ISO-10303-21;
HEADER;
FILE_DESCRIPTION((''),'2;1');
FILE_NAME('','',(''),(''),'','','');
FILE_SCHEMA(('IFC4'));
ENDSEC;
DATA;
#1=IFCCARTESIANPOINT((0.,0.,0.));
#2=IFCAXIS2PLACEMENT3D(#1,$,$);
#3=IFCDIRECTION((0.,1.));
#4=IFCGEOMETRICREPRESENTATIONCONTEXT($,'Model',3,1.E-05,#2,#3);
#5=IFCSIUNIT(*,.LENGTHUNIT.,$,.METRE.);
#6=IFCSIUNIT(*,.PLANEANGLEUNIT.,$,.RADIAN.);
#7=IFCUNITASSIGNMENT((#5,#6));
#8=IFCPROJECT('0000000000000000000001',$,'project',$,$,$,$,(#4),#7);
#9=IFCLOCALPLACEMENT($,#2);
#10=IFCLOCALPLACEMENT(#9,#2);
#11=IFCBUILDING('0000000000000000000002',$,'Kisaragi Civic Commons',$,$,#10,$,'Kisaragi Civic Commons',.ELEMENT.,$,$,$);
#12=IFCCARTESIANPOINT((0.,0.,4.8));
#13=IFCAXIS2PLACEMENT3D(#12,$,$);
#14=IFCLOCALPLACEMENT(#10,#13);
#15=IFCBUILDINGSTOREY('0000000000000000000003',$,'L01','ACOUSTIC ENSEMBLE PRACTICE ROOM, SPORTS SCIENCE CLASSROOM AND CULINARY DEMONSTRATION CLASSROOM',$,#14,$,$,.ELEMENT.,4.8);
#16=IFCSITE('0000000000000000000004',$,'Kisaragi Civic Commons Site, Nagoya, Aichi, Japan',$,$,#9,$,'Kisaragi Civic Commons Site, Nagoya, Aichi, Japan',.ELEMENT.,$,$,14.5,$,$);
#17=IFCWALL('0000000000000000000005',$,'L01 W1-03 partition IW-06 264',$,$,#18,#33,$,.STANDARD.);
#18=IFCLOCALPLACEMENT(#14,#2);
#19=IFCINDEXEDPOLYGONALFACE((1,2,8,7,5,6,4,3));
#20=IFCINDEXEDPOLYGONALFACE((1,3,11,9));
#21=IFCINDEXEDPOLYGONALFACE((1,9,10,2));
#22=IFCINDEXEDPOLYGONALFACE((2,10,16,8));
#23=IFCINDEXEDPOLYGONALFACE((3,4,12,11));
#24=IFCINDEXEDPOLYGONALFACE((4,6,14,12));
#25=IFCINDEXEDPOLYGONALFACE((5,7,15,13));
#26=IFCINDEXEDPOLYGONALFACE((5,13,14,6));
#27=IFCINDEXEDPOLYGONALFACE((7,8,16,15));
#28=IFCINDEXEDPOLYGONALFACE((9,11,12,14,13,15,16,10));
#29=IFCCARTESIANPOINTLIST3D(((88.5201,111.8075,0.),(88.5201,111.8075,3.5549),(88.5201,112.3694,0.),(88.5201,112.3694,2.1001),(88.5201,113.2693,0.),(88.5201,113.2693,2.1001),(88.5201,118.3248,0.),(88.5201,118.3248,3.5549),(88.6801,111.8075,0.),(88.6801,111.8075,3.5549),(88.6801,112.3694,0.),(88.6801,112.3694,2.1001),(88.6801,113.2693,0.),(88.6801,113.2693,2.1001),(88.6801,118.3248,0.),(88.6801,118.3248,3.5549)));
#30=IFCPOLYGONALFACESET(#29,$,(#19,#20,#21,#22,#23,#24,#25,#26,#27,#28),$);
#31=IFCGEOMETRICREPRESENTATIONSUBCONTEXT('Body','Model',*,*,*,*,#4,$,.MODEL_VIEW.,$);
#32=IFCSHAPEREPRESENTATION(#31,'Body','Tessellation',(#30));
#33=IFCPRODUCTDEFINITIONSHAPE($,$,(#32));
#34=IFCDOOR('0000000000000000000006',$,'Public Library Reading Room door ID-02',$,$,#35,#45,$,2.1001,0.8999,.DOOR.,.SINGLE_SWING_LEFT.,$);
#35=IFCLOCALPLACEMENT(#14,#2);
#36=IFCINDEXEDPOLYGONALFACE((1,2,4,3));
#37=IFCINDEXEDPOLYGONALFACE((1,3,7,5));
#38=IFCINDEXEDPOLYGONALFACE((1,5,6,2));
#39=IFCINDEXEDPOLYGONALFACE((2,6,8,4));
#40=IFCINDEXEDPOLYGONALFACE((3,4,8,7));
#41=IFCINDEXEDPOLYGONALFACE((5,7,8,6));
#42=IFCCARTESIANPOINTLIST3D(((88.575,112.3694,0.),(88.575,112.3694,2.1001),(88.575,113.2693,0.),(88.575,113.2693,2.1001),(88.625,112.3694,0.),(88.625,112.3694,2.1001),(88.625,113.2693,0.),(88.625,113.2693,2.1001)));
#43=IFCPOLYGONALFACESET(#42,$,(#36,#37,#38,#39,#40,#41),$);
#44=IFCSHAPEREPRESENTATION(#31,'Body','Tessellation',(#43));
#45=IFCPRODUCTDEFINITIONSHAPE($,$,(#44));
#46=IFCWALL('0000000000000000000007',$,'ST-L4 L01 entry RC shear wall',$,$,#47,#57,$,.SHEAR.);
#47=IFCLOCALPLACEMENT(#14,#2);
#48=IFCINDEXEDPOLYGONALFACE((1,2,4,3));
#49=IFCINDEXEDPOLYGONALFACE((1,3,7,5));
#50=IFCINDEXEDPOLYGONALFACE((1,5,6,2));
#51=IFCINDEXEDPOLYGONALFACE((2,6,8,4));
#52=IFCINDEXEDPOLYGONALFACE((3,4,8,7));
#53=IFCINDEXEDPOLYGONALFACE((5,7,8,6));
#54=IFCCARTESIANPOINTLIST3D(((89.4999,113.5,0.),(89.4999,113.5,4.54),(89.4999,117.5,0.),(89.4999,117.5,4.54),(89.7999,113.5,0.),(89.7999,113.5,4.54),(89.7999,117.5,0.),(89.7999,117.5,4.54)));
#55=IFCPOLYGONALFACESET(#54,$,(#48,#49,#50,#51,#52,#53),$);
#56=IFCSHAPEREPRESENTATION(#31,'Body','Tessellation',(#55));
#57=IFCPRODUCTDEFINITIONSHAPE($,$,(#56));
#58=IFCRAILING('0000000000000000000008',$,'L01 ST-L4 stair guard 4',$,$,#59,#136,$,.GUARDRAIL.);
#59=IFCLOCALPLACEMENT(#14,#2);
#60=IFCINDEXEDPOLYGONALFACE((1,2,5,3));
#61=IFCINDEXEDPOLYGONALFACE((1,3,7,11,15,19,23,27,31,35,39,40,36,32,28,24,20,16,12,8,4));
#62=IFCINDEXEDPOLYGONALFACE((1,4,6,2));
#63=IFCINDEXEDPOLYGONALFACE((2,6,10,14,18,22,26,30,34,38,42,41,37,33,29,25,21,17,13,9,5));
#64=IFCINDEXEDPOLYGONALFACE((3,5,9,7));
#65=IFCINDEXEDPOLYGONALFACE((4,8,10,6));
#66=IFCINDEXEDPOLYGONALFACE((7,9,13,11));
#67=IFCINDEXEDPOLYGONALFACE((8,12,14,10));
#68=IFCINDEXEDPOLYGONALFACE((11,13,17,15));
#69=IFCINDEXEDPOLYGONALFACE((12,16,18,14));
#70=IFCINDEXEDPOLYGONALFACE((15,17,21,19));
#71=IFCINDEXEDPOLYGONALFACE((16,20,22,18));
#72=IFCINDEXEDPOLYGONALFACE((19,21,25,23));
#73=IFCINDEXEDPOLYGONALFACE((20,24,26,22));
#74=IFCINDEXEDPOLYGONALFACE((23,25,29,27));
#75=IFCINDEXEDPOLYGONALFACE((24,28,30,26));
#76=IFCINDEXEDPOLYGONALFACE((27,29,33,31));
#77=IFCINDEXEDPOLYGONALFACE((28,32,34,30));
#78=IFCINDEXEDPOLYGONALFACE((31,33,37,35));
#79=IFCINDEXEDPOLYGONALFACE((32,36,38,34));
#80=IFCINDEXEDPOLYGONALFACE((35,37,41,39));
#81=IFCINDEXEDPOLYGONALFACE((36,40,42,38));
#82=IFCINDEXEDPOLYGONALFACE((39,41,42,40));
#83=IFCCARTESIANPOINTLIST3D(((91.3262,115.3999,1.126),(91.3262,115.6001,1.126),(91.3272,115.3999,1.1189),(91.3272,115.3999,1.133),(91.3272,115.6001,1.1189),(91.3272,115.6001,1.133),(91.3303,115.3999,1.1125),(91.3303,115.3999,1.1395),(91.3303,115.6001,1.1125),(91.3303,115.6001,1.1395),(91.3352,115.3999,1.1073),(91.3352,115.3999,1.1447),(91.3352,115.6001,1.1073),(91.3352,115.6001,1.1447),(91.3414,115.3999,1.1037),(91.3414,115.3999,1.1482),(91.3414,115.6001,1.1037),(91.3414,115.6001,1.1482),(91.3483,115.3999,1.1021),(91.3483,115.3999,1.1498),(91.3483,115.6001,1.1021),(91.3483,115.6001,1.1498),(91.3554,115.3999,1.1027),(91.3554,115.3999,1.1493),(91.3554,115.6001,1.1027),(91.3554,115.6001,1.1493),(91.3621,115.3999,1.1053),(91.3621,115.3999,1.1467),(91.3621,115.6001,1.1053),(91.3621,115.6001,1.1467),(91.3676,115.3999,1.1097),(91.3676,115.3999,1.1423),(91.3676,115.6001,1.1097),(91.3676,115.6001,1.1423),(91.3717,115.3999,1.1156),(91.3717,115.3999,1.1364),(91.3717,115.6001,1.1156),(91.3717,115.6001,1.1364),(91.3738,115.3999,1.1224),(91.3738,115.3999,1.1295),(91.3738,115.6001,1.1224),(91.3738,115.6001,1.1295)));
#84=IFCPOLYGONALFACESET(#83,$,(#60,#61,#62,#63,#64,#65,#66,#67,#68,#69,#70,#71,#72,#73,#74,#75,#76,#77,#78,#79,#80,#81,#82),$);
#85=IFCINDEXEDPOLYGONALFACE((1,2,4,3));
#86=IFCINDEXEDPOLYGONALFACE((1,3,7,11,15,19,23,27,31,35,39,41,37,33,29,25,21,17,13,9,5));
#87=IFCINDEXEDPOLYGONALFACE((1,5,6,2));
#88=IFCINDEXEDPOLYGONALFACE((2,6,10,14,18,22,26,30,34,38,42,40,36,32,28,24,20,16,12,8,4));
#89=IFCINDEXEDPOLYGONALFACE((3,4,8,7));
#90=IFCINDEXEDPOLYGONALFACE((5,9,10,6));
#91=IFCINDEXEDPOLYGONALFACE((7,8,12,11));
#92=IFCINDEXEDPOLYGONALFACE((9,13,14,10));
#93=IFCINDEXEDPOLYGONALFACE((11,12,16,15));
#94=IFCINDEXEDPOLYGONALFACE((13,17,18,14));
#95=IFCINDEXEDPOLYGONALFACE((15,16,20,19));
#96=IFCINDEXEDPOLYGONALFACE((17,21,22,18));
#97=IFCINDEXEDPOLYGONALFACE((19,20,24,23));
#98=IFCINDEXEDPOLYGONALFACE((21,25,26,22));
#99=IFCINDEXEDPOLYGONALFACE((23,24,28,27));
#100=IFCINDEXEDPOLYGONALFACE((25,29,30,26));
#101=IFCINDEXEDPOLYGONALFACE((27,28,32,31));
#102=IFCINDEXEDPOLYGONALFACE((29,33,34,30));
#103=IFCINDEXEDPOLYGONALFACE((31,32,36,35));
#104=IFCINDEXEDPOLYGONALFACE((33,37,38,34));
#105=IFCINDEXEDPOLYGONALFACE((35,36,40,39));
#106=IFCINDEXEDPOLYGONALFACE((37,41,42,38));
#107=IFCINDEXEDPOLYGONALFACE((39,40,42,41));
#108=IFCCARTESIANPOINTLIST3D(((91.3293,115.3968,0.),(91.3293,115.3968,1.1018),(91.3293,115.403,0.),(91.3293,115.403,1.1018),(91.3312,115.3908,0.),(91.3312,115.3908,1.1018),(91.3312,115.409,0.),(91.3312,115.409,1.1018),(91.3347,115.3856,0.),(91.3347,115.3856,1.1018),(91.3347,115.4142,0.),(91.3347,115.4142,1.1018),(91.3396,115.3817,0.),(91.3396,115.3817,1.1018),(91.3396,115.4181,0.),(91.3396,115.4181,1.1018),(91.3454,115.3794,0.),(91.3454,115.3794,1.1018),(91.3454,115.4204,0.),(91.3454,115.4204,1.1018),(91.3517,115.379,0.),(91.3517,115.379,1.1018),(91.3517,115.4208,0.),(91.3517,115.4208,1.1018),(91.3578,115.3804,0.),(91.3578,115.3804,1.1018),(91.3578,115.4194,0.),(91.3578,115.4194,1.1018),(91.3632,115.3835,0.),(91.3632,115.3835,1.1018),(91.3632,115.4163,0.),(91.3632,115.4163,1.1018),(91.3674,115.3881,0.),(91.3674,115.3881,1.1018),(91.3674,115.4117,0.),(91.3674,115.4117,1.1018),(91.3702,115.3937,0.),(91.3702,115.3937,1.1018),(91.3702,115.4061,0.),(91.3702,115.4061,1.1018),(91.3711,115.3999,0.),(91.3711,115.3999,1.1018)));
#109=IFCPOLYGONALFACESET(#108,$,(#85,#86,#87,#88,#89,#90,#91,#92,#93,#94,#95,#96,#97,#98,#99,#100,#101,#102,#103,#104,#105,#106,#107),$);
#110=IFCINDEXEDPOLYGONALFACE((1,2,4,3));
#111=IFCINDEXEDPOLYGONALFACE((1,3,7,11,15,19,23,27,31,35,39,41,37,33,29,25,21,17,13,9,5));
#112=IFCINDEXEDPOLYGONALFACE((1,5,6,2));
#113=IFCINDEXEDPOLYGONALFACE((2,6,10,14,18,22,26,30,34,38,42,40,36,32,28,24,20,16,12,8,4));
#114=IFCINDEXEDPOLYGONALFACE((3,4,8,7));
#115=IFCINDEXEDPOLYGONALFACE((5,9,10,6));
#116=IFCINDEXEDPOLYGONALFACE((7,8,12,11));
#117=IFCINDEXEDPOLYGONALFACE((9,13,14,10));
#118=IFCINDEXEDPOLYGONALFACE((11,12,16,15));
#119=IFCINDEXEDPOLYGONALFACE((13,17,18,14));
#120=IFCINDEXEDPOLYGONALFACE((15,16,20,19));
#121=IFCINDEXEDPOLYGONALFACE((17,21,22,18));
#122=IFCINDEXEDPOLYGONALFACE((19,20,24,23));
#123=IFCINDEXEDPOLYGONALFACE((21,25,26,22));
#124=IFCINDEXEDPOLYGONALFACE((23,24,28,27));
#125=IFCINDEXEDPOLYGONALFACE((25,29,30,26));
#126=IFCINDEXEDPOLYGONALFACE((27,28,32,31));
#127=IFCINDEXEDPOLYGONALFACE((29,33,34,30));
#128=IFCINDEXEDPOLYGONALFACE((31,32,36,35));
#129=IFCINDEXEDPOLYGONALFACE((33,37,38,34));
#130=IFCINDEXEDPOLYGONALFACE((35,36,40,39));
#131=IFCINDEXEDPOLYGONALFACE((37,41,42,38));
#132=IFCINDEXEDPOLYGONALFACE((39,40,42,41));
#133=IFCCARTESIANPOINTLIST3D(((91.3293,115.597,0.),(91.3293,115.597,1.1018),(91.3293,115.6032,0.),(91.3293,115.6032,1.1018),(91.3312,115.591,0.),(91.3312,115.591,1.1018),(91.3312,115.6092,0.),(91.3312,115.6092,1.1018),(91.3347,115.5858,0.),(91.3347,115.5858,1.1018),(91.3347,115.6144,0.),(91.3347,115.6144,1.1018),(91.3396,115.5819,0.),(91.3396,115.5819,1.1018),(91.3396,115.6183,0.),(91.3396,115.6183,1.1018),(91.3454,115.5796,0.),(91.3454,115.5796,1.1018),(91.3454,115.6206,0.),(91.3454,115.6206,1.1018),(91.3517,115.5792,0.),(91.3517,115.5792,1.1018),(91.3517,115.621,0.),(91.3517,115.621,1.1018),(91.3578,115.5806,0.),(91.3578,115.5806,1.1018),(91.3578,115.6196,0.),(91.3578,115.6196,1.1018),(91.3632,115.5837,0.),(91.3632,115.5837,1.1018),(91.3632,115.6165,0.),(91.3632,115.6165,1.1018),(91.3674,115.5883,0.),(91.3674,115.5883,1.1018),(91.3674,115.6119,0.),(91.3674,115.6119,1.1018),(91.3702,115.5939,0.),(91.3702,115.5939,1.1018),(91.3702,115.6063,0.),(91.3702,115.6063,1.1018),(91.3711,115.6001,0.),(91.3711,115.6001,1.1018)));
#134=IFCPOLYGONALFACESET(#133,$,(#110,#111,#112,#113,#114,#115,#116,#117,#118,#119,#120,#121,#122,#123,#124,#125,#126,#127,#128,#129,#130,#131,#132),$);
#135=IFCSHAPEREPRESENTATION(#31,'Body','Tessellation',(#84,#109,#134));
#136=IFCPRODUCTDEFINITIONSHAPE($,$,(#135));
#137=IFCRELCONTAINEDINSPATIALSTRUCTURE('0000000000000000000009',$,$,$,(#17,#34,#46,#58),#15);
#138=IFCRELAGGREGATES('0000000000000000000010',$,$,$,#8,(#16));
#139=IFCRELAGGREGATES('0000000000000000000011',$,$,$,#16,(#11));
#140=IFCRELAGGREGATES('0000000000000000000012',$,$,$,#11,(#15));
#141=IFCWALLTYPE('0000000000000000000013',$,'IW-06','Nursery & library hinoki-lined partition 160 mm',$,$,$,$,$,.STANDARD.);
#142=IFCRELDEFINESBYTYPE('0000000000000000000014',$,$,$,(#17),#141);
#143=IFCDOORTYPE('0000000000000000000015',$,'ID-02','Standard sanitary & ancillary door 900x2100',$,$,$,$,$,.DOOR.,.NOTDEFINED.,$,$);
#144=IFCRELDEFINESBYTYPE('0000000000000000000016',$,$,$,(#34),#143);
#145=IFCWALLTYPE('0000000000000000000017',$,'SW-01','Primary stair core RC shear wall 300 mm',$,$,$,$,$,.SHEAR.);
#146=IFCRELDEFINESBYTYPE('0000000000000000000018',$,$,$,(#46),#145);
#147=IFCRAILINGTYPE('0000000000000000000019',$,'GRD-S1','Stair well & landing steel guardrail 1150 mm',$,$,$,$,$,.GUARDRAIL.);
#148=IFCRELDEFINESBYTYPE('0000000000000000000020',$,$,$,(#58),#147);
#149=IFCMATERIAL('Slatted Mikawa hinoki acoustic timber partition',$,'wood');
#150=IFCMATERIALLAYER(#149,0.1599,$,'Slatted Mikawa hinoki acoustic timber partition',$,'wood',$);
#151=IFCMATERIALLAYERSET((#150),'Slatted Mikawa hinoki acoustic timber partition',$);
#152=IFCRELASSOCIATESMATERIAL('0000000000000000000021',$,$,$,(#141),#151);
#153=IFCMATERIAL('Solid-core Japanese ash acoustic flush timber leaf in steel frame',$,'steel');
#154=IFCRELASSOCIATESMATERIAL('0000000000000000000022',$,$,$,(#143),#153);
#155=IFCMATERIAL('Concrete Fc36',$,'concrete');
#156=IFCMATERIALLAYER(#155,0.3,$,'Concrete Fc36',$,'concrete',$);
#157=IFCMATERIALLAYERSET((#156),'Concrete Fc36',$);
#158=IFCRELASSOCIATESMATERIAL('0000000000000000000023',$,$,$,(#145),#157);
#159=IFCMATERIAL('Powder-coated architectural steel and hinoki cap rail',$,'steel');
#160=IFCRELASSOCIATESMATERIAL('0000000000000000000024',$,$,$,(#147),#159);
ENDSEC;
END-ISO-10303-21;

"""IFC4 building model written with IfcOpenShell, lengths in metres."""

from ifc_helpers import new_model, si_unit, direction, frame, frame_2d, origin, origin_2d, place, context, subcontext, project, spatial, rectangle, circle, extrude, material, layer, layer_set, type_object, element, fill, save


model = new_model("IFC4")

# Units and contexts
model_context = context("Model", 3, precision=1e-05, world=origin(), true_north=direction((0.0, 1.0)))
body_context = subcontext(model_context, "Body", "Model", "MODEL_VIEW")
ifc_project = project(units=[si_unit("LENGTHUNIT", "METRE"), si_unit("PLANEANGLEUNIT", "RADIAN")], contexts=[model_context])

# Site, building, storey
site_placement = place(None, origin())
site = spatial("IfcSite", under=ifc_project, at=site_placement, Name="Kisaragi Civic Commons Site, Nagoya, Aichi, Japan", LongName="Kisaragi Civic Commons Site, Nagoya, Aichi, Japan", CompositionType="ELEMENT", RefElevation=14.5)
building_placement = place(site_placement, origin())
building = spatial("IfcBuilding", under=site, at=building_placement, Name="Kisaragi Civic Commons", LongName="Kisaragi Civic Commons", CompositionType="ELEMENT")
storey_placement = place(building_placement, frame((0.0, 0.0, 4.8)))
storey = spatial("IfcBuildingStorey", under=building, at=storey_placement, Name="L01", Description="ACOUSTIC ENSEMBLE PRACTICE ROOM, SPORTS SCIENCE CLASSROOM AND CULINARY DEMONSTRATION CLASSROOM", CompositionType="ELEMENT", Elevation=4.8)

# Wall, opening, door
ifc_material_1 = material(Name="Slatted Mikawa hinoki acoustic timber partition", Category="wood")
ifc_layer_1 = layer(ifc_material_1, 0.1599, Name="Slatted Mikawa hinoki acoustic timber partition", Category="wood")
ifc_layer_set_1 = layer_set([ifc_layer_1], Name="Slatted Mikawa hinoki acoustic timber partition")
wall_type_1 = type_object("IfcWallType", Name="IW-06", Description="Nursery & library hinoki-lined partition 160 mm", PredefinedType="STANDARD", material=ifc_layer_set_1)
wall_1_placement = place(storey_placement, frame((88.6001, 118.325, 0.0), z_axis=(0.0, 0.0, 1.0), x_axis=(0.0, -1.0, 0.0)))
wall_1 = element("IfcWall", 1, at=wall_1_placement, inside=storey, type_object=wall_type_1, Name="L01 W1-03 partition IW-06 264", PredefinedType="STANDARD", context=body_context, shape_type="SweptSolid", body=[
    extrude(rectangle(XDim=6.5173, YDim=0.1599, at=frame_2d((3.2588, 0.0))), origin(), (0.0, 0.0, 1.0), 3.5549),
])
opening_placement = place(wall_1_placement, frame((5.0557, 0.0, 0.0)))
opening = element("IfcOpeningElement", 2, at=opening_placement, cuts=wall_1, PredefinedType="OPENING", context=body_context, shape_type="SweptSolid", body=[
    extrude(rectangle(XDim=0.8999, YDim=2.1001, at=frame_2d((0.45, 1.05))), frame((0.0, 0.0898, 0.0), z_axis=(0.0, -1.0, 0.0), x_axis=(1.0, 0.0, 0.0)), (0.0, 0.0, 1.0), 0.1799),
])
ifc_material_2 = material(Name="Solid-core Japanese ash acoustic flush timber leaf in steel frame", Category="steel")
door_type = type_object("IfcDoorType", Name="ID-02", Description="Standard sanitary & ancillary door 900x2100", OperationType="NOTDEFINED", PredefinedType="DOOR", material=ifc_material_2)
door_placement = place(opening_placement, origin())
door = element("IfcDoor", 3, at=door_placement, inside=storey, type_object=door_type, Name="Public Library Reading Room door ID-02", OperationType="SINGLE_SWING_LEFT", OverallHeight=2.1001, OverallWidth=0.8999, PredefinedType="DOOR", context=body_context, shape_type="SweptSolid", body=[
    extrude(rectangle(XDim=0.8999, YDim=2.1001, at=frame_2d((0.45, 1.05))), frame((0.0, 0.0249, 0.0), z_axis=(0.0, -1.0, 0.0), x_axis=(1.0, 0.0, 0.0)), (0.0, 0.0, 1.0), 0.05),
])
fill(opening, door)

# Wall
ifc_material_3 = material(Name="Concrete Fc36", Category="concrete")
ifc_layer_2 = layer(ifc_material_3, 0.3, Name="Concrete Fc36", Category="concrete")
ifc_layer_set_2 = layer_set([ifc_layer_2], Name="Concrete Fc36")
wall_type_2 = type_object("IfcWallType", Name="SW-01", Description="Primary stair core RC shear wall 300 mm", PredefinedType="SHEAR", material=ifc_layer_set_2)
wall_2_placement = place(storey_placement, frame((89.6499, 117.5, 0.0), z_axis=(0.0, 0.0, 1.0), x_axis=(0.0, -1.0, 0.0)))
element("IfcWall", 4, at=wall_2_placement, inside=storey, type_object=wall_type_2, Name="ST-L4 L01 entry RC shear wall", PredefinedType="SHEAR", context=body_context, shape_type="SweptSolid", body=[
    extrude(rectangle(XDim=4.0, YDim=0.3, at=frame_2d((2.0, 0.0))), origin(), (0.0, 0.0, 1.0), 4.54),
])

# Railing
ifc_material_4 = material(Name="Powder-coated architectural steel and hinoki cap rail", Category="steel")
railing_type = type_object("IfcRailingType", Name="GRD-S1", Description="Stair well & landing steel guardrail 1150 mm", PredefinedType="GUARDRAIL", material=ifc_material_4)
railing_placement = place(storey_placement, frame((91.3501, 115.3999, 0.0)))
element("IfcRailing", 5, at=railing_placement, inside=storey, type_object=railing_type, Name="L01 ST-L4 stair guard 4", PredefinedType="GUARDRAIL", context=body_context, shape_type="SweptSolid", body=[
    extrude(circle(Radius=0.0239, at=origin_2d()), frame((0.0, 0.0, 1.126), z_axis=(0.0, 1.0, 0.0), x_axis=(-1.0, 0.0, 0.0)), (0.0, 0.0, 1.0), 0.2002),
    extrude(circle(Radius=0.021, at=origin_2d()), origin(), (0.0, 0.0, 1.0), 1.1018),
    extrude(circle(Radius=0.021, at=origin_2d()), frame((0.0, 0.2002, 0.0)), (0.0, 0.0, 1.0), 1.1018),
])

save(model, "model.ifc")
